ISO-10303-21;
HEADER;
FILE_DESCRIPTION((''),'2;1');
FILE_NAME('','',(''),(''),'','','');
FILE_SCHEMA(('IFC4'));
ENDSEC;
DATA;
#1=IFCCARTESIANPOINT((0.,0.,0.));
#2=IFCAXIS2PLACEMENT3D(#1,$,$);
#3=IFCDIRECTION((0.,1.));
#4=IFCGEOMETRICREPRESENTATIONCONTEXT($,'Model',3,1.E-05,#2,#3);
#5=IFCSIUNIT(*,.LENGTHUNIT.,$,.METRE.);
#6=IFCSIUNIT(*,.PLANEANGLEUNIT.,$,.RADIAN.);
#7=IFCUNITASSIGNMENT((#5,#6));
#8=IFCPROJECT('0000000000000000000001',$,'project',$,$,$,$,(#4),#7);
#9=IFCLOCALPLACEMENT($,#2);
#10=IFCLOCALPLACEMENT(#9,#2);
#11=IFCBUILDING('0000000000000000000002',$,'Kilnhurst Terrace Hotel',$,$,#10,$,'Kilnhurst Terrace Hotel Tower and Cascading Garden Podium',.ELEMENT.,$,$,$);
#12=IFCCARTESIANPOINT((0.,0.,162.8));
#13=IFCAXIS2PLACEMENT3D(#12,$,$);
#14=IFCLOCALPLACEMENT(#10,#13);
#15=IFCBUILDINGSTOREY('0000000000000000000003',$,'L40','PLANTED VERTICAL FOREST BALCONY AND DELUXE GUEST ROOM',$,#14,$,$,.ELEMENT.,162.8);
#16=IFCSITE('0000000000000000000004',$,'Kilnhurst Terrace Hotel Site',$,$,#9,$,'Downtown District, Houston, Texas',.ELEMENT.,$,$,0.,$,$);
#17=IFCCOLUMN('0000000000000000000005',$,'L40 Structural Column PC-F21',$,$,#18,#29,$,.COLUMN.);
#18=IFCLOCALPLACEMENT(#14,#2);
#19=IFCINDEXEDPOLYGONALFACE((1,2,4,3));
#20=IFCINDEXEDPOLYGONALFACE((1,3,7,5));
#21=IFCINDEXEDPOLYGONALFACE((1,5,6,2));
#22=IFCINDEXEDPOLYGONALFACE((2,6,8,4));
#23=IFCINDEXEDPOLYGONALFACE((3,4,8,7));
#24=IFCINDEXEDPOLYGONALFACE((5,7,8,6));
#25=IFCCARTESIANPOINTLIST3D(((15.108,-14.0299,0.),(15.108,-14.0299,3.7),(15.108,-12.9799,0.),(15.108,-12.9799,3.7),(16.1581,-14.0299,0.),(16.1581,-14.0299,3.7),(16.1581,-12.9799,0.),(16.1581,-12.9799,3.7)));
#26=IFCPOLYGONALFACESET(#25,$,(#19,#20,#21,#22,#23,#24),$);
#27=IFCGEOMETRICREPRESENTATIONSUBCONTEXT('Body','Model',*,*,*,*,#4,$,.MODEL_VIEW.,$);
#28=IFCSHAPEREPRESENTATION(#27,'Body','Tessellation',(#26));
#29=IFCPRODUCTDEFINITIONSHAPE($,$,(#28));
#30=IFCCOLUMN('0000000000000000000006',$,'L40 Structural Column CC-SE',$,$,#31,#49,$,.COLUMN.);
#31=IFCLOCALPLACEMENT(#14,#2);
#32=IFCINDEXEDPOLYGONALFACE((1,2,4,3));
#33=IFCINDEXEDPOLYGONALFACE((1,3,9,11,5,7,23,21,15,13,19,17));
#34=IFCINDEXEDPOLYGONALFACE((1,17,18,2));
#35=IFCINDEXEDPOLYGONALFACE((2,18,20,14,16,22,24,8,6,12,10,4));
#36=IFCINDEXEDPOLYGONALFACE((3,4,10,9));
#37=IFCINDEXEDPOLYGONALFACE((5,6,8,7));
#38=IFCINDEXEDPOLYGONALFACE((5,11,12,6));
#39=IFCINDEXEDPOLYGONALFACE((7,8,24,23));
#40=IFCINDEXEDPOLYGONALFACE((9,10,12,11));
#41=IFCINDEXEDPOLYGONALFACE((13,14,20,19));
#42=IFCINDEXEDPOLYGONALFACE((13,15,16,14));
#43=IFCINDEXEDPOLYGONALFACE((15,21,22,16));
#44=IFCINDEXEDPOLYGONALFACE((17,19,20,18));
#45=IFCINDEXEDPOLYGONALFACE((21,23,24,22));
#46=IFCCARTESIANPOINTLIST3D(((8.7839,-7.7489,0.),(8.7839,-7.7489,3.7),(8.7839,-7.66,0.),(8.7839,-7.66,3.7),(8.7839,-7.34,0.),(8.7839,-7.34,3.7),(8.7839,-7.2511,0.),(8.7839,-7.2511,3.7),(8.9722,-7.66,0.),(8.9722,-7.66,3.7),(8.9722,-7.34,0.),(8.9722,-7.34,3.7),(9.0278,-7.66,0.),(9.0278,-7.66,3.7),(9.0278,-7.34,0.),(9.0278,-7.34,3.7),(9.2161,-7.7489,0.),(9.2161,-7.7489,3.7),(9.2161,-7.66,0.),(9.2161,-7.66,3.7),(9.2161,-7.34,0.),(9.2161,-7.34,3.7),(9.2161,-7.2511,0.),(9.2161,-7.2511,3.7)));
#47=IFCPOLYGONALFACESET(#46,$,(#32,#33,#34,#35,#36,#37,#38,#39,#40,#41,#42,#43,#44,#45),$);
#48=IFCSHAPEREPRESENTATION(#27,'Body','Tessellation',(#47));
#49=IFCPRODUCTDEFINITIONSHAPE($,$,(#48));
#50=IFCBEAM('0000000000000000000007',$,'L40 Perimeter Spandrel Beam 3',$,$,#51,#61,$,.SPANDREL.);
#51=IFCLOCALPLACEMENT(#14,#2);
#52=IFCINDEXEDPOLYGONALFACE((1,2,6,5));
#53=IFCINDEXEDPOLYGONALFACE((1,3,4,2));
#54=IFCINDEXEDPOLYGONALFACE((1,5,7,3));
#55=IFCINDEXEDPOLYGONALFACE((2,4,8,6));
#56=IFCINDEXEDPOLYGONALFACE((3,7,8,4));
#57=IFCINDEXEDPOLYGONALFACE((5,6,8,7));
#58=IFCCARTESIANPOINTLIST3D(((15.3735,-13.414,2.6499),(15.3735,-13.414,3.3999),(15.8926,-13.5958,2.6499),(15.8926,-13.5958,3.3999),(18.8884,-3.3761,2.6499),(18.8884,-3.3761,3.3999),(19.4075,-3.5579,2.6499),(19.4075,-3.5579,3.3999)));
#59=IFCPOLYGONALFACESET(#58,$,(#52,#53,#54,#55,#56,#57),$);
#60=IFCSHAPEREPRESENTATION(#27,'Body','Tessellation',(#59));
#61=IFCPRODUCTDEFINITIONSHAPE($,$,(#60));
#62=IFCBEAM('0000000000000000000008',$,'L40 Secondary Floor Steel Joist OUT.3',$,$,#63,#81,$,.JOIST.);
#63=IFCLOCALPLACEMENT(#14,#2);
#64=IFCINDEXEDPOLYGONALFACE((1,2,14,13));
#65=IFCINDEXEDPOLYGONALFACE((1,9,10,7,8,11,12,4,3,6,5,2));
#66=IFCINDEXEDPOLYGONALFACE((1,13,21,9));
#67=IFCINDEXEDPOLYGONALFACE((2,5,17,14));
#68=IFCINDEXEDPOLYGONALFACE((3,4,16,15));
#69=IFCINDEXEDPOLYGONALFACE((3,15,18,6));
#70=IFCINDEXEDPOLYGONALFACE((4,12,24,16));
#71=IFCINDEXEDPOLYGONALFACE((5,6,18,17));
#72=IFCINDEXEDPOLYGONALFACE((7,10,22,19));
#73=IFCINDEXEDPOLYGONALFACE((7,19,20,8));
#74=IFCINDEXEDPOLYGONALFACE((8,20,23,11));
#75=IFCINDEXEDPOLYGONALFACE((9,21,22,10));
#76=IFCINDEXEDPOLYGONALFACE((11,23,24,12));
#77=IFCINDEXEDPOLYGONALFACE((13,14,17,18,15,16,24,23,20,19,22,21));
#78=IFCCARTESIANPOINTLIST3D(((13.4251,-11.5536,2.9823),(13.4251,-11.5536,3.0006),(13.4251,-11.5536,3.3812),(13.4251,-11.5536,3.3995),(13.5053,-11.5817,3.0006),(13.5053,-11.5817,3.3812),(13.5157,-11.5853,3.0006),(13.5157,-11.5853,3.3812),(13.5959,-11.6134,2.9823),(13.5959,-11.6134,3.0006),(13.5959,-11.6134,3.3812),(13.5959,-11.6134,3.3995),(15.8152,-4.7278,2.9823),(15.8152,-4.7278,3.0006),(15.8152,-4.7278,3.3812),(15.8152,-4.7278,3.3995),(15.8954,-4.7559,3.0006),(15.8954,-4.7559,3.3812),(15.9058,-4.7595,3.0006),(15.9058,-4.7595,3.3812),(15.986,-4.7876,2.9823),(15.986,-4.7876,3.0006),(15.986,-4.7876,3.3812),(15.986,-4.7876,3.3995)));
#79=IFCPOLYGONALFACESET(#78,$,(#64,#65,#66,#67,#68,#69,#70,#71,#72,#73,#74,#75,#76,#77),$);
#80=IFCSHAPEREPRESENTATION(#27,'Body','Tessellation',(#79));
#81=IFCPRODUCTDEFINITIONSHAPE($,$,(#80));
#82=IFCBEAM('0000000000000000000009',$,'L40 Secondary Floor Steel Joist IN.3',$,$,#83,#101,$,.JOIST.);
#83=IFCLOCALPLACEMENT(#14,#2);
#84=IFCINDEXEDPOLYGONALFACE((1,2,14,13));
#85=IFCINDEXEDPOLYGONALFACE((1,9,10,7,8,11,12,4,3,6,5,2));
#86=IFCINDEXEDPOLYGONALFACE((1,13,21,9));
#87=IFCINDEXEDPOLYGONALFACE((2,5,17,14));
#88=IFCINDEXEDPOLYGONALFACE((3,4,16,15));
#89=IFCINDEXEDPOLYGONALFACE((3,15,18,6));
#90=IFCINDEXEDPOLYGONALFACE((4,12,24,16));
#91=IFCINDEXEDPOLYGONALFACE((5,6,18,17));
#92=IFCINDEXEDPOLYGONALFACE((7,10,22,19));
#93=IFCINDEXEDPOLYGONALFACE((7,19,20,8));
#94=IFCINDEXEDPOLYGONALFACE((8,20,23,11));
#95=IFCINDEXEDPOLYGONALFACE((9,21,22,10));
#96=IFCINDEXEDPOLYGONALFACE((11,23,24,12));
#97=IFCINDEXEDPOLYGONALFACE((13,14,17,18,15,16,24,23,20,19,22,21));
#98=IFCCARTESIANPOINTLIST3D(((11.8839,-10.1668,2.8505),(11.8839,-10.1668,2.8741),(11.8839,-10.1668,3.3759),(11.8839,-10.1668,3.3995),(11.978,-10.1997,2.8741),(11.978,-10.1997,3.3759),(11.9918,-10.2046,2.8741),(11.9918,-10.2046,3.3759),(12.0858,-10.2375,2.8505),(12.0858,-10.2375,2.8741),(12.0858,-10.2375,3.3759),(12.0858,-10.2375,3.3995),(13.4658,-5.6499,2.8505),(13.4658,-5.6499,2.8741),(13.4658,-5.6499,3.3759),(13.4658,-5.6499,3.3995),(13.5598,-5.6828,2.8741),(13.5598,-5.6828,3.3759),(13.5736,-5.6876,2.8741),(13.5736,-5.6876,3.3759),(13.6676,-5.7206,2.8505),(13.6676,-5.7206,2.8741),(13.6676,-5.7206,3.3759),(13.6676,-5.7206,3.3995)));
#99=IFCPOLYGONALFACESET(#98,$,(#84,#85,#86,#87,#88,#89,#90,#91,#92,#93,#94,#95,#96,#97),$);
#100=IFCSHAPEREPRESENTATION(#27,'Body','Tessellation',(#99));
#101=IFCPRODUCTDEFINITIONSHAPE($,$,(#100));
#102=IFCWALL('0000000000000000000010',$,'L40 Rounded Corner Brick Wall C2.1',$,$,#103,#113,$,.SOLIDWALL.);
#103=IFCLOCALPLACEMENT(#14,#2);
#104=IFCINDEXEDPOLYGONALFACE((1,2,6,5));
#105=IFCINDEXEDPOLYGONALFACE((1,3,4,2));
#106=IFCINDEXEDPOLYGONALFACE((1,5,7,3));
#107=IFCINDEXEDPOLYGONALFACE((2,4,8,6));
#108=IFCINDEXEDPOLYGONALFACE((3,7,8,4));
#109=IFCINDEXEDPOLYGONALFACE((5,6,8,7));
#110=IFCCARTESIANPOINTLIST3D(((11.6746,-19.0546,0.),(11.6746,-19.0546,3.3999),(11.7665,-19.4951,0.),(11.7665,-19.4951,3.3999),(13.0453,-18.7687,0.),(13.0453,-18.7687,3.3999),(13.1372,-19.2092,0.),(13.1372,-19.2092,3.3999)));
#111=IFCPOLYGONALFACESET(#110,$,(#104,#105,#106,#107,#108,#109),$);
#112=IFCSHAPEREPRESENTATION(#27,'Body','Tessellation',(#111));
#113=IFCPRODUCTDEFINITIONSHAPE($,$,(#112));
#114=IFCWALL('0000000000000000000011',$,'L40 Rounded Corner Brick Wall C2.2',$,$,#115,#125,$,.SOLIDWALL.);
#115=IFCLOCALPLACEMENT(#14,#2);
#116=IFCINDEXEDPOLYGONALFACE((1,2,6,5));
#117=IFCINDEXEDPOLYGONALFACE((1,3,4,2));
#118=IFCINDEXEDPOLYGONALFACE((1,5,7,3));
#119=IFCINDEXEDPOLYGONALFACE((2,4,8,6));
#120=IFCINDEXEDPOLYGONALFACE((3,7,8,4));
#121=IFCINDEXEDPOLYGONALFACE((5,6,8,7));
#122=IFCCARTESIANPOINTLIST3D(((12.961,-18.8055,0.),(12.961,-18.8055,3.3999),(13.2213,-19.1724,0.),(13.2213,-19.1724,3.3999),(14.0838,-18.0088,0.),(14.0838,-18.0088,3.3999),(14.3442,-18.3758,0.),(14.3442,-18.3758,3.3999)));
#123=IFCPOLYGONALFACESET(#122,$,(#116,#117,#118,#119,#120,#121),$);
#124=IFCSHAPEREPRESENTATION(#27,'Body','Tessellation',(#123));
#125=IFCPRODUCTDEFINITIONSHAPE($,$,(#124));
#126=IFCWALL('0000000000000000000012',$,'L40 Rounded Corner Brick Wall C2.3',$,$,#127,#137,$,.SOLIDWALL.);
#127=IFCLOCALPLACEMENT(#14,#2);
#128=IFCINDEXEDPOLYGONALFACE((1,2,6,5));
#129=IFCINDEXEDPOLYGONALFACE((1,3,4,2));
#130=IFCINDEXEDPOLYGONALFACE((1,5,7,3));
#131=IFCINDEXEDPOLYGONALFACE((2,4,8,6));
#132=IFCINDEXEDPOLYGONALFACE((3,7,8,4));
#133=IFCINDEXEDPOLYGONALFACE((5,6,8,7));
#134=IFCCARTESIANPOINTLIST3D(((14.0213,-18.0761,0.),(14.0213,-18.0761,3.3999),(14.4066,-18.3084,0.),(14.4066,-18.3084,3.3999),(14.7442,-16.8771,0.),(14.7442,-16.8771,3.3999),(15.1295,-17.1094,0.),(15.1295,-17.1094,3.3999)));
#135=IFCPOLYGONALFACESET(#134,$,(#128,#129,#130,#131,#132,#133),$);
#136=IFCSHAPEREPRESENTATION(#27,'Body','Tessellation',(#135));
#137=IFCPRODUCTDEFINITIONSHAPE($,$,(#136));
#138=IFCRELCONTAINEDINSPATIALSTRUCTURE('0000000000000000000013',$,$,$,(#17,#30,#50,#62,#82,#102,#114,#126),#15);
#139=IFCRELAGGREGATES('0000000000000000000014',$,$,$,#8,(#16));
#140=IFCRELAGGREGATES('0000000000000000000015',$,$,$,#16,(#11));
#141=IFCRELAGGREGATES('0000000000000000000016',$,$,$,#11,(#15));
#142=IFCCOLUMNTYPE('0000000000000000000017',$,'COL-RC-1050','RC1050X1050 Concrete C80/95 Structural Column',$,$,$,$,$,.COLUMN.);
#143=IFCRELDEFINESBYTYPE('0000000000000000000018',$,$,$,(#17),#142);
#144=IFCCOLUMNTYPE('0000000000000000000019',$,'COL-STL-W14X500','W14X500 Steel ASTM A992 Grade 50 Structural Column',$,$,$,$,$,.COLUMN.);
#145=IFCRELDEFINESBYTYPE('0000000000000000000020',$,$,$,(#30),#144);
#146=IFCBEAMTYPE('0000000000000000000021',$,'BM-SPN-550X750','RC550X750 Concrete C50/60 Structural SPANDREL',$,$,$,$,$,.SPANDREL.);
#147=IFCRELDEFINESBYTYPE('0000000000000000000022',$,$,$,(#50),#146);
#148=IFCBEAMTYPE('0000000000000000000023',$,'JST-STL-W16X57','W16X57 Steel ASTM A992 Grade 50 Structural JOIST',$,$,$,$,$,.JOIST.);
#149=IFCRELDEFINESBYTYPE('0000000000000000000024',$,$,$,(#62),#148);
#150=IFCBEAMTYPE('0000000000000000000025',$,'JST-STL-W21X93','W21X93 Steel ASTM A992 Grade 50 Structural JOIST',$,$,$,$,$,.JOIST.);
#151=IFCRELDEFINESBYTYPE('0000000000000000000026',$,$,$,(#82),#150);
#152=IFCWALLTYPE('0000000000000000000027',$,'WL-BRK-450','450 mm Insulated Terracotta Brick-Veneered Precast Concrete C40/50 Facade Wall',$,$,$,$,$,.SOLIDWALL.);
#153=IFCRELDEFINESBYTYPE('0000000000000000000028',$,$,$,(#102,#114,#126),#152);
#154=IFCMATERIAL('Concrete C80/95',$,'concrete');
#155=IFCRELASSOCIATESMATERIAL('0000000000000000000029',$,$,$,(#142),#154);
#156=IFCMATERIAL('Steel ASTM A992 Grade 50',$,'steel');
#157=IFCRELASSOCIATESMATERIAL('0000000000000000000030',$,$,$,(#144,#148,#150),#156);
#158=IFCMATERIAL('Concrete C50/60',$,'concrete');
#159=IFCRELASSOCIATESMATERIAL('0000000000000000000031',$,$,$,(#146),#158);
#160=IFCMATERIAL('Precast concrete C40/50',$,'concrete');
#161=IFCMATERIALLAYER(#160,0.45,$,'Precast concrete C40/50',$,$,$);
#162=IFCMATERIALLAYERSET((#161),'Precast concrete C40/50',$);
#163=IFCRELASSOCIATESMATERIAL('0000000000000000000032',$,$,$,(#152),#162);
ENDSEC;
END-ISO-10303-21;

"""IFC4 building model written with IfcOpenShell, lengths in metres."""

from ifc_helpers import new_model, si_unit, direction, frame, frame_2d, origin, origin_2d, place, context, subcontext, project, spatial, rectangle, i_section, extrude, material, layer, layer_set, material_profile, profile_set, type_object, element, save


model = new_model("IFC4")

# Units and contexts
model_context = context("Model", 3, precision=1e-05, world=origin(), true_north=direction((0.0, 1.0)))
body_context = subcontext(model_context, "Body", "Model", "MODEL_VIEW")
ifc_project = project(units=[si_unit("LENGTHUNIT", "METRE"), si_unit("PLANEANGLEUNIT", "RADIAN")], contexts=[model_context])

# Site, building, storey
site_placement = place(None, origin())
site = spatial("IfcSite", under=ifc_project, at=site_placement, Name="Kilnhurst Terrace Hotel Site", LongName="Downtown District, Houston, Texas", CompositionType="ELEMENT", RefElevation=0.0)
building_placement = place(site_placement, origin())
building = spatial("IfcBuilding", under=site, at=building_placement, Name="Kilnhurst Terrace Hotel", LongName="Kilnhurst Terrace Hotel Tower and Cascading Garden Podium", CompositionType="ELEMENT")
storey_placement = place(building_placement, frame((0.0, 0.0, 162.8)))
storey = spatial("IfcBuildingStorey", under=building, at=storey_placement, Name="L40", Description="PLANTED VERTICAL FOREST BALCONY AND DELUXE GUEST ROOM", CompositionType="ELEMENT", Elevation=162.8)

# Columns
ifc_material_1 = material(Name="Concrete C80/95", Category="concrete")
ifc_material_profile_1 = material_profile(ifc_material_1, rectangle(XDim=1.05, YDim=1.05, at=origin_2d()), Name="RC1050X1050")
ifc_profile_set_1 = profile_set([ifc_material_profile_1], Name="Concrete C80/95")
column_type_1 = type_object("IfcColumnType", Name="COL-RC-1050", Description="RC1050X1050 Concrete C80/95 Structural Column", PredefinedType="COLUMN", material=ifc_profile_set_1)
column_1_placement = place(storey_placement, frame((15.6331, -13.5049, 0.0), z_axis=(0.0, 0.0, 1.0), x_axis=(1.0, 0.0, 0.0)))
element("IfcColumn", 1, at=column_1_placement, inside=storey, type_object=column_type_1, Name="L40 Structural Column PC-F21", PredefinedType="COLUMN", context=body_context, shape_type="SweptSolid", body=[
    extrude(rectangle(XDim=1.05, YDim=1.05, at=origin_2d()), origin(), (0.0, 0.0, 1.0), 3.7),
])
ifc_material_2 = material(Name="Steel ASTM A992 Grade 50", Category="steel")
ifc_material_profile_2 = material_profile(ifc_material_2, i_section(OverallWidth=0.4321, OverallDepth=0.4978, WebThickness=0.0557, FlangeThickness=0.0889, at=origin_2d()), Name="W14X500")
ifc_profile_set_2 = profile_set([ifc_material_profile_2], Name="Steel ASTM A992 Grade 50")
column_type_2 = type_object("IfcColumnType", Name="COL-STL-W14X500", Description="W14X500 Steel ASTM A992 Grade 50 Structural Column", PredefinedType="COLUMN", material=ifc_profile_set_2)
column_2_placement = place(storey_placement, frame((9.0, -7.5, 0.0), z_axis=(0.0, 0.0, 1.0), x_axis=(1.0, 0.0, 0.0)))
element("IfcColumn", 2, at=column_2_placement, inside=storey, type_object=column_type_2, Name="L40 Structural Column CC-SE", PredefinedType="COLUMN", context=body_context, shape_type="SweptSolid", body=[
    extrude(i_section(OverallWidth=0.4321, OverallDepth=0.4978, WebThickness=0.0557, FlangeThickness=0.0889, at=origin_2d()), origin(), (0.0, 0.0, 1.0), 3.7),
])

# Beams
ifc_material_3 = material(Name="Concrete C50/60", Category="concrete")
ifc_material_profile_3 = material_profile(ifc_material_3, rectangle(XDim=0.55, YDim=0.75, at=origin_2d()), Name="RC550X750")
ifc_profile_set_3 = profile_set([ifc_material_profile_3], Name="Concrete C50/60")
beam_type_1 = type_object("IfcBeamType", Name="BM-SPN-550X750", Description="RC550X750 Concrete C50/60 Structural SPANDREL", PredefinedType="SPANDREL", material=ifc_profile_set_3)
beam_1_placement = place(storey_placement, frame((15.6331, -13.5049, 3.0249), z_axis=(0.330488, 0.94381, 0.0), x_axis=(-0.94381, 0.330488, 0.0)))
element("IfcBeam", 3, at=beam_1_placement, inside=storey, type_object=beam_type_1, Name="L40 Perimeter Spandrel Beam 3", PredefinedType="SPANDREL", context=body_context, shape_type="SweptSolid", body=[
    extrude(rectangle(XDim=0.55, YDim=0.75, at=origin_2d()), origin(), (0.0, 0.0, 1.0), 10.6355),
])
ifc_material_profile_4 = material_profile(ifc_material_2, i_section(OverallWidth=0.1809, OverallDepth=0.4172, WebThickness=0.011, FlangeThickness=0.0183, at=origin_2d()), Name="W16X57")
ifc_profile_set_4 = profile_set([ifc_material_profile_4], Name="Steel ASTM A992 Grade 50")
beam_type_2 = type_object("IfcBeamType", Name="JST-STL-W16X57", Description="W16X57 Steel ASTM A992 Grade 50 Structural JOIST", PredefinedType="JOIST", material=ifc_profile_set_4)
beam_2_placement = place(storey_placement, frame((13.5105, -11.5835, 3.1909), z_axis=(0.330481, 0.943813, 0.0), x_axis=(-0.943813, 0.330481, 0.0)))
element("IfcBeam", 4, at=beam_2_placement, inside=storey, type_object=beam_type_2, Name="L40 Secondary Floor Steel Joist OUT.3", PredefinedType="JOIST", context=body_context, shape_type="SweptSolid", body=[
    extrude(i_section(OverallWidth=0.1809, OverallDepth=0.4172, WebThickness=0.011, FlangeThickness=0.0183, at=origin_2d()), origin(), (0.0, 0.0, 1.0), 7.2322),
])
ifc_material_profile_5 = material_profile(ifc_material_2, i_section(OverallWidth=0.2139, OverallDepth=0.5491, WebThickness=0.0146, FlangeThickness=0.0237, at=origin_2d()), Name="W21X93")
ifc_profile_set_5 = profile_set([ifc_material_profile_5], Name="Steel ASTM A992 Grade 50")
beam_type_3 = type_object("IfcBeamType", Name="JST-STL-W21X93", Description="W21X93 Steel ASTM A992 Grade 50 Structural JOIST", PredefinedType="JOIST", material=ifc_profile_set_5)
beam_3_placement = place(storey_placement, frame((11.9849, -10.2021, 3.125), z_axis=(0.330516, 0.9438, 0.0), x_axis=(-0.9438, 0.330516, 0.0)))
element("IfcBeam", 5, at=beam_3_placement, inside=storey, type_object=beam_type_3, Name="L40 Secondary Floor Steel Joist IN.3", PredefinedType="JOIST", context=body_context, shape_type="SweptSolid", body=[
    extrude(i_section(OverallWidth=0.2139, OverallDepth=0.5491, WebThickness=0.0146, FlangeThickness=0.0237, at=origin_2d()), origin(), (0.0, 0.0, 1.0), 4.7859),
])

# Walls
ifc_material_4 = material(Name="Precast concrete C40/50", Category="concrete")
ifc_layer_1 = layer(ifc_material_4, 0.45, Name="Precast concrete C40/50")
ifc_layer_set_1 = layer_set([ifc_layer_1], Name="Precast concrete C40/50")
wall_type_1 = type_object("IfcWallType", Name="WL-BRK-450", Description="450 mm Insulated Terracotta Brick-Veneered Precast Concrete C40/50 Facade Wall", PredefinedType="SOLIDWALL", material=ifc_layer_set_1)
wall_1_placement = place(storey_placement, frame((11.7205, -19.2749, 0.0), z_axis=(0.0, 0.0, 1.0), x_axis=(0.978931, 0.204191, 0.0)))
element("IfcWall", 6, at=wall_1_placement, inside=storey, type_object=wall_type_1, Name="L40 Rounded Corner Brick Wall C2.1", PredefinedType="SOLIDWALL", context=body_context, shape_type="SweptSolid", body=[
    extrude(rectangle(XDim=1.4001, YDim=0.45, at=frame_2d((0.7002, 0.0))), origin(), (0.0, 0.0, 1.0), 3.3999),
])
wall_2_placement = place(storey_placement, frame((13.0911, -18.989, 0.0), z_axis=(0.0, 0.0, 1.0), x_axis=(0.815575, 0.578652, 0.0)))
element("IfcWall", 7, at=wall_2_placement, inside=storey, type_object=wall_type_1, Name="L40 Rounded Corner Brick Wall C2.2", PredefinedType="SOLIDWALL", context=body_context, shape_type="SweptSolid", body=[
    extrude(rectangle(XDim=1.3767, YDim=0.45, at=frame_2d((0.6885, 0.0))), origin(), (0.0, 0.0, 1.0), 3.3999),
])
wall_3_placement = place(storey_placement, frame((14.2139, -18.1924, 0.0), z_axis=(0.0, 0.0, 1.0), x_axis=(0.516341, 0.856383, 0.0)))
element("IfcWall", 8, at=wall_3_placement, inside=storey, type_object=wall_type_1, Name="L40 Rounded Corner Brick Wall C2.3", PredefinedType="SOLIDWALL", context=body_context, shape_type="SweptSolid", body=[
    extrude(rectangle(XDim=1.4001, YDim=0.45, at=frame_2d((0.7002, 0.0))), origin(), (0.0, 0.0, 1.0), 3.3999),
])

save(model, "model.ifc")
